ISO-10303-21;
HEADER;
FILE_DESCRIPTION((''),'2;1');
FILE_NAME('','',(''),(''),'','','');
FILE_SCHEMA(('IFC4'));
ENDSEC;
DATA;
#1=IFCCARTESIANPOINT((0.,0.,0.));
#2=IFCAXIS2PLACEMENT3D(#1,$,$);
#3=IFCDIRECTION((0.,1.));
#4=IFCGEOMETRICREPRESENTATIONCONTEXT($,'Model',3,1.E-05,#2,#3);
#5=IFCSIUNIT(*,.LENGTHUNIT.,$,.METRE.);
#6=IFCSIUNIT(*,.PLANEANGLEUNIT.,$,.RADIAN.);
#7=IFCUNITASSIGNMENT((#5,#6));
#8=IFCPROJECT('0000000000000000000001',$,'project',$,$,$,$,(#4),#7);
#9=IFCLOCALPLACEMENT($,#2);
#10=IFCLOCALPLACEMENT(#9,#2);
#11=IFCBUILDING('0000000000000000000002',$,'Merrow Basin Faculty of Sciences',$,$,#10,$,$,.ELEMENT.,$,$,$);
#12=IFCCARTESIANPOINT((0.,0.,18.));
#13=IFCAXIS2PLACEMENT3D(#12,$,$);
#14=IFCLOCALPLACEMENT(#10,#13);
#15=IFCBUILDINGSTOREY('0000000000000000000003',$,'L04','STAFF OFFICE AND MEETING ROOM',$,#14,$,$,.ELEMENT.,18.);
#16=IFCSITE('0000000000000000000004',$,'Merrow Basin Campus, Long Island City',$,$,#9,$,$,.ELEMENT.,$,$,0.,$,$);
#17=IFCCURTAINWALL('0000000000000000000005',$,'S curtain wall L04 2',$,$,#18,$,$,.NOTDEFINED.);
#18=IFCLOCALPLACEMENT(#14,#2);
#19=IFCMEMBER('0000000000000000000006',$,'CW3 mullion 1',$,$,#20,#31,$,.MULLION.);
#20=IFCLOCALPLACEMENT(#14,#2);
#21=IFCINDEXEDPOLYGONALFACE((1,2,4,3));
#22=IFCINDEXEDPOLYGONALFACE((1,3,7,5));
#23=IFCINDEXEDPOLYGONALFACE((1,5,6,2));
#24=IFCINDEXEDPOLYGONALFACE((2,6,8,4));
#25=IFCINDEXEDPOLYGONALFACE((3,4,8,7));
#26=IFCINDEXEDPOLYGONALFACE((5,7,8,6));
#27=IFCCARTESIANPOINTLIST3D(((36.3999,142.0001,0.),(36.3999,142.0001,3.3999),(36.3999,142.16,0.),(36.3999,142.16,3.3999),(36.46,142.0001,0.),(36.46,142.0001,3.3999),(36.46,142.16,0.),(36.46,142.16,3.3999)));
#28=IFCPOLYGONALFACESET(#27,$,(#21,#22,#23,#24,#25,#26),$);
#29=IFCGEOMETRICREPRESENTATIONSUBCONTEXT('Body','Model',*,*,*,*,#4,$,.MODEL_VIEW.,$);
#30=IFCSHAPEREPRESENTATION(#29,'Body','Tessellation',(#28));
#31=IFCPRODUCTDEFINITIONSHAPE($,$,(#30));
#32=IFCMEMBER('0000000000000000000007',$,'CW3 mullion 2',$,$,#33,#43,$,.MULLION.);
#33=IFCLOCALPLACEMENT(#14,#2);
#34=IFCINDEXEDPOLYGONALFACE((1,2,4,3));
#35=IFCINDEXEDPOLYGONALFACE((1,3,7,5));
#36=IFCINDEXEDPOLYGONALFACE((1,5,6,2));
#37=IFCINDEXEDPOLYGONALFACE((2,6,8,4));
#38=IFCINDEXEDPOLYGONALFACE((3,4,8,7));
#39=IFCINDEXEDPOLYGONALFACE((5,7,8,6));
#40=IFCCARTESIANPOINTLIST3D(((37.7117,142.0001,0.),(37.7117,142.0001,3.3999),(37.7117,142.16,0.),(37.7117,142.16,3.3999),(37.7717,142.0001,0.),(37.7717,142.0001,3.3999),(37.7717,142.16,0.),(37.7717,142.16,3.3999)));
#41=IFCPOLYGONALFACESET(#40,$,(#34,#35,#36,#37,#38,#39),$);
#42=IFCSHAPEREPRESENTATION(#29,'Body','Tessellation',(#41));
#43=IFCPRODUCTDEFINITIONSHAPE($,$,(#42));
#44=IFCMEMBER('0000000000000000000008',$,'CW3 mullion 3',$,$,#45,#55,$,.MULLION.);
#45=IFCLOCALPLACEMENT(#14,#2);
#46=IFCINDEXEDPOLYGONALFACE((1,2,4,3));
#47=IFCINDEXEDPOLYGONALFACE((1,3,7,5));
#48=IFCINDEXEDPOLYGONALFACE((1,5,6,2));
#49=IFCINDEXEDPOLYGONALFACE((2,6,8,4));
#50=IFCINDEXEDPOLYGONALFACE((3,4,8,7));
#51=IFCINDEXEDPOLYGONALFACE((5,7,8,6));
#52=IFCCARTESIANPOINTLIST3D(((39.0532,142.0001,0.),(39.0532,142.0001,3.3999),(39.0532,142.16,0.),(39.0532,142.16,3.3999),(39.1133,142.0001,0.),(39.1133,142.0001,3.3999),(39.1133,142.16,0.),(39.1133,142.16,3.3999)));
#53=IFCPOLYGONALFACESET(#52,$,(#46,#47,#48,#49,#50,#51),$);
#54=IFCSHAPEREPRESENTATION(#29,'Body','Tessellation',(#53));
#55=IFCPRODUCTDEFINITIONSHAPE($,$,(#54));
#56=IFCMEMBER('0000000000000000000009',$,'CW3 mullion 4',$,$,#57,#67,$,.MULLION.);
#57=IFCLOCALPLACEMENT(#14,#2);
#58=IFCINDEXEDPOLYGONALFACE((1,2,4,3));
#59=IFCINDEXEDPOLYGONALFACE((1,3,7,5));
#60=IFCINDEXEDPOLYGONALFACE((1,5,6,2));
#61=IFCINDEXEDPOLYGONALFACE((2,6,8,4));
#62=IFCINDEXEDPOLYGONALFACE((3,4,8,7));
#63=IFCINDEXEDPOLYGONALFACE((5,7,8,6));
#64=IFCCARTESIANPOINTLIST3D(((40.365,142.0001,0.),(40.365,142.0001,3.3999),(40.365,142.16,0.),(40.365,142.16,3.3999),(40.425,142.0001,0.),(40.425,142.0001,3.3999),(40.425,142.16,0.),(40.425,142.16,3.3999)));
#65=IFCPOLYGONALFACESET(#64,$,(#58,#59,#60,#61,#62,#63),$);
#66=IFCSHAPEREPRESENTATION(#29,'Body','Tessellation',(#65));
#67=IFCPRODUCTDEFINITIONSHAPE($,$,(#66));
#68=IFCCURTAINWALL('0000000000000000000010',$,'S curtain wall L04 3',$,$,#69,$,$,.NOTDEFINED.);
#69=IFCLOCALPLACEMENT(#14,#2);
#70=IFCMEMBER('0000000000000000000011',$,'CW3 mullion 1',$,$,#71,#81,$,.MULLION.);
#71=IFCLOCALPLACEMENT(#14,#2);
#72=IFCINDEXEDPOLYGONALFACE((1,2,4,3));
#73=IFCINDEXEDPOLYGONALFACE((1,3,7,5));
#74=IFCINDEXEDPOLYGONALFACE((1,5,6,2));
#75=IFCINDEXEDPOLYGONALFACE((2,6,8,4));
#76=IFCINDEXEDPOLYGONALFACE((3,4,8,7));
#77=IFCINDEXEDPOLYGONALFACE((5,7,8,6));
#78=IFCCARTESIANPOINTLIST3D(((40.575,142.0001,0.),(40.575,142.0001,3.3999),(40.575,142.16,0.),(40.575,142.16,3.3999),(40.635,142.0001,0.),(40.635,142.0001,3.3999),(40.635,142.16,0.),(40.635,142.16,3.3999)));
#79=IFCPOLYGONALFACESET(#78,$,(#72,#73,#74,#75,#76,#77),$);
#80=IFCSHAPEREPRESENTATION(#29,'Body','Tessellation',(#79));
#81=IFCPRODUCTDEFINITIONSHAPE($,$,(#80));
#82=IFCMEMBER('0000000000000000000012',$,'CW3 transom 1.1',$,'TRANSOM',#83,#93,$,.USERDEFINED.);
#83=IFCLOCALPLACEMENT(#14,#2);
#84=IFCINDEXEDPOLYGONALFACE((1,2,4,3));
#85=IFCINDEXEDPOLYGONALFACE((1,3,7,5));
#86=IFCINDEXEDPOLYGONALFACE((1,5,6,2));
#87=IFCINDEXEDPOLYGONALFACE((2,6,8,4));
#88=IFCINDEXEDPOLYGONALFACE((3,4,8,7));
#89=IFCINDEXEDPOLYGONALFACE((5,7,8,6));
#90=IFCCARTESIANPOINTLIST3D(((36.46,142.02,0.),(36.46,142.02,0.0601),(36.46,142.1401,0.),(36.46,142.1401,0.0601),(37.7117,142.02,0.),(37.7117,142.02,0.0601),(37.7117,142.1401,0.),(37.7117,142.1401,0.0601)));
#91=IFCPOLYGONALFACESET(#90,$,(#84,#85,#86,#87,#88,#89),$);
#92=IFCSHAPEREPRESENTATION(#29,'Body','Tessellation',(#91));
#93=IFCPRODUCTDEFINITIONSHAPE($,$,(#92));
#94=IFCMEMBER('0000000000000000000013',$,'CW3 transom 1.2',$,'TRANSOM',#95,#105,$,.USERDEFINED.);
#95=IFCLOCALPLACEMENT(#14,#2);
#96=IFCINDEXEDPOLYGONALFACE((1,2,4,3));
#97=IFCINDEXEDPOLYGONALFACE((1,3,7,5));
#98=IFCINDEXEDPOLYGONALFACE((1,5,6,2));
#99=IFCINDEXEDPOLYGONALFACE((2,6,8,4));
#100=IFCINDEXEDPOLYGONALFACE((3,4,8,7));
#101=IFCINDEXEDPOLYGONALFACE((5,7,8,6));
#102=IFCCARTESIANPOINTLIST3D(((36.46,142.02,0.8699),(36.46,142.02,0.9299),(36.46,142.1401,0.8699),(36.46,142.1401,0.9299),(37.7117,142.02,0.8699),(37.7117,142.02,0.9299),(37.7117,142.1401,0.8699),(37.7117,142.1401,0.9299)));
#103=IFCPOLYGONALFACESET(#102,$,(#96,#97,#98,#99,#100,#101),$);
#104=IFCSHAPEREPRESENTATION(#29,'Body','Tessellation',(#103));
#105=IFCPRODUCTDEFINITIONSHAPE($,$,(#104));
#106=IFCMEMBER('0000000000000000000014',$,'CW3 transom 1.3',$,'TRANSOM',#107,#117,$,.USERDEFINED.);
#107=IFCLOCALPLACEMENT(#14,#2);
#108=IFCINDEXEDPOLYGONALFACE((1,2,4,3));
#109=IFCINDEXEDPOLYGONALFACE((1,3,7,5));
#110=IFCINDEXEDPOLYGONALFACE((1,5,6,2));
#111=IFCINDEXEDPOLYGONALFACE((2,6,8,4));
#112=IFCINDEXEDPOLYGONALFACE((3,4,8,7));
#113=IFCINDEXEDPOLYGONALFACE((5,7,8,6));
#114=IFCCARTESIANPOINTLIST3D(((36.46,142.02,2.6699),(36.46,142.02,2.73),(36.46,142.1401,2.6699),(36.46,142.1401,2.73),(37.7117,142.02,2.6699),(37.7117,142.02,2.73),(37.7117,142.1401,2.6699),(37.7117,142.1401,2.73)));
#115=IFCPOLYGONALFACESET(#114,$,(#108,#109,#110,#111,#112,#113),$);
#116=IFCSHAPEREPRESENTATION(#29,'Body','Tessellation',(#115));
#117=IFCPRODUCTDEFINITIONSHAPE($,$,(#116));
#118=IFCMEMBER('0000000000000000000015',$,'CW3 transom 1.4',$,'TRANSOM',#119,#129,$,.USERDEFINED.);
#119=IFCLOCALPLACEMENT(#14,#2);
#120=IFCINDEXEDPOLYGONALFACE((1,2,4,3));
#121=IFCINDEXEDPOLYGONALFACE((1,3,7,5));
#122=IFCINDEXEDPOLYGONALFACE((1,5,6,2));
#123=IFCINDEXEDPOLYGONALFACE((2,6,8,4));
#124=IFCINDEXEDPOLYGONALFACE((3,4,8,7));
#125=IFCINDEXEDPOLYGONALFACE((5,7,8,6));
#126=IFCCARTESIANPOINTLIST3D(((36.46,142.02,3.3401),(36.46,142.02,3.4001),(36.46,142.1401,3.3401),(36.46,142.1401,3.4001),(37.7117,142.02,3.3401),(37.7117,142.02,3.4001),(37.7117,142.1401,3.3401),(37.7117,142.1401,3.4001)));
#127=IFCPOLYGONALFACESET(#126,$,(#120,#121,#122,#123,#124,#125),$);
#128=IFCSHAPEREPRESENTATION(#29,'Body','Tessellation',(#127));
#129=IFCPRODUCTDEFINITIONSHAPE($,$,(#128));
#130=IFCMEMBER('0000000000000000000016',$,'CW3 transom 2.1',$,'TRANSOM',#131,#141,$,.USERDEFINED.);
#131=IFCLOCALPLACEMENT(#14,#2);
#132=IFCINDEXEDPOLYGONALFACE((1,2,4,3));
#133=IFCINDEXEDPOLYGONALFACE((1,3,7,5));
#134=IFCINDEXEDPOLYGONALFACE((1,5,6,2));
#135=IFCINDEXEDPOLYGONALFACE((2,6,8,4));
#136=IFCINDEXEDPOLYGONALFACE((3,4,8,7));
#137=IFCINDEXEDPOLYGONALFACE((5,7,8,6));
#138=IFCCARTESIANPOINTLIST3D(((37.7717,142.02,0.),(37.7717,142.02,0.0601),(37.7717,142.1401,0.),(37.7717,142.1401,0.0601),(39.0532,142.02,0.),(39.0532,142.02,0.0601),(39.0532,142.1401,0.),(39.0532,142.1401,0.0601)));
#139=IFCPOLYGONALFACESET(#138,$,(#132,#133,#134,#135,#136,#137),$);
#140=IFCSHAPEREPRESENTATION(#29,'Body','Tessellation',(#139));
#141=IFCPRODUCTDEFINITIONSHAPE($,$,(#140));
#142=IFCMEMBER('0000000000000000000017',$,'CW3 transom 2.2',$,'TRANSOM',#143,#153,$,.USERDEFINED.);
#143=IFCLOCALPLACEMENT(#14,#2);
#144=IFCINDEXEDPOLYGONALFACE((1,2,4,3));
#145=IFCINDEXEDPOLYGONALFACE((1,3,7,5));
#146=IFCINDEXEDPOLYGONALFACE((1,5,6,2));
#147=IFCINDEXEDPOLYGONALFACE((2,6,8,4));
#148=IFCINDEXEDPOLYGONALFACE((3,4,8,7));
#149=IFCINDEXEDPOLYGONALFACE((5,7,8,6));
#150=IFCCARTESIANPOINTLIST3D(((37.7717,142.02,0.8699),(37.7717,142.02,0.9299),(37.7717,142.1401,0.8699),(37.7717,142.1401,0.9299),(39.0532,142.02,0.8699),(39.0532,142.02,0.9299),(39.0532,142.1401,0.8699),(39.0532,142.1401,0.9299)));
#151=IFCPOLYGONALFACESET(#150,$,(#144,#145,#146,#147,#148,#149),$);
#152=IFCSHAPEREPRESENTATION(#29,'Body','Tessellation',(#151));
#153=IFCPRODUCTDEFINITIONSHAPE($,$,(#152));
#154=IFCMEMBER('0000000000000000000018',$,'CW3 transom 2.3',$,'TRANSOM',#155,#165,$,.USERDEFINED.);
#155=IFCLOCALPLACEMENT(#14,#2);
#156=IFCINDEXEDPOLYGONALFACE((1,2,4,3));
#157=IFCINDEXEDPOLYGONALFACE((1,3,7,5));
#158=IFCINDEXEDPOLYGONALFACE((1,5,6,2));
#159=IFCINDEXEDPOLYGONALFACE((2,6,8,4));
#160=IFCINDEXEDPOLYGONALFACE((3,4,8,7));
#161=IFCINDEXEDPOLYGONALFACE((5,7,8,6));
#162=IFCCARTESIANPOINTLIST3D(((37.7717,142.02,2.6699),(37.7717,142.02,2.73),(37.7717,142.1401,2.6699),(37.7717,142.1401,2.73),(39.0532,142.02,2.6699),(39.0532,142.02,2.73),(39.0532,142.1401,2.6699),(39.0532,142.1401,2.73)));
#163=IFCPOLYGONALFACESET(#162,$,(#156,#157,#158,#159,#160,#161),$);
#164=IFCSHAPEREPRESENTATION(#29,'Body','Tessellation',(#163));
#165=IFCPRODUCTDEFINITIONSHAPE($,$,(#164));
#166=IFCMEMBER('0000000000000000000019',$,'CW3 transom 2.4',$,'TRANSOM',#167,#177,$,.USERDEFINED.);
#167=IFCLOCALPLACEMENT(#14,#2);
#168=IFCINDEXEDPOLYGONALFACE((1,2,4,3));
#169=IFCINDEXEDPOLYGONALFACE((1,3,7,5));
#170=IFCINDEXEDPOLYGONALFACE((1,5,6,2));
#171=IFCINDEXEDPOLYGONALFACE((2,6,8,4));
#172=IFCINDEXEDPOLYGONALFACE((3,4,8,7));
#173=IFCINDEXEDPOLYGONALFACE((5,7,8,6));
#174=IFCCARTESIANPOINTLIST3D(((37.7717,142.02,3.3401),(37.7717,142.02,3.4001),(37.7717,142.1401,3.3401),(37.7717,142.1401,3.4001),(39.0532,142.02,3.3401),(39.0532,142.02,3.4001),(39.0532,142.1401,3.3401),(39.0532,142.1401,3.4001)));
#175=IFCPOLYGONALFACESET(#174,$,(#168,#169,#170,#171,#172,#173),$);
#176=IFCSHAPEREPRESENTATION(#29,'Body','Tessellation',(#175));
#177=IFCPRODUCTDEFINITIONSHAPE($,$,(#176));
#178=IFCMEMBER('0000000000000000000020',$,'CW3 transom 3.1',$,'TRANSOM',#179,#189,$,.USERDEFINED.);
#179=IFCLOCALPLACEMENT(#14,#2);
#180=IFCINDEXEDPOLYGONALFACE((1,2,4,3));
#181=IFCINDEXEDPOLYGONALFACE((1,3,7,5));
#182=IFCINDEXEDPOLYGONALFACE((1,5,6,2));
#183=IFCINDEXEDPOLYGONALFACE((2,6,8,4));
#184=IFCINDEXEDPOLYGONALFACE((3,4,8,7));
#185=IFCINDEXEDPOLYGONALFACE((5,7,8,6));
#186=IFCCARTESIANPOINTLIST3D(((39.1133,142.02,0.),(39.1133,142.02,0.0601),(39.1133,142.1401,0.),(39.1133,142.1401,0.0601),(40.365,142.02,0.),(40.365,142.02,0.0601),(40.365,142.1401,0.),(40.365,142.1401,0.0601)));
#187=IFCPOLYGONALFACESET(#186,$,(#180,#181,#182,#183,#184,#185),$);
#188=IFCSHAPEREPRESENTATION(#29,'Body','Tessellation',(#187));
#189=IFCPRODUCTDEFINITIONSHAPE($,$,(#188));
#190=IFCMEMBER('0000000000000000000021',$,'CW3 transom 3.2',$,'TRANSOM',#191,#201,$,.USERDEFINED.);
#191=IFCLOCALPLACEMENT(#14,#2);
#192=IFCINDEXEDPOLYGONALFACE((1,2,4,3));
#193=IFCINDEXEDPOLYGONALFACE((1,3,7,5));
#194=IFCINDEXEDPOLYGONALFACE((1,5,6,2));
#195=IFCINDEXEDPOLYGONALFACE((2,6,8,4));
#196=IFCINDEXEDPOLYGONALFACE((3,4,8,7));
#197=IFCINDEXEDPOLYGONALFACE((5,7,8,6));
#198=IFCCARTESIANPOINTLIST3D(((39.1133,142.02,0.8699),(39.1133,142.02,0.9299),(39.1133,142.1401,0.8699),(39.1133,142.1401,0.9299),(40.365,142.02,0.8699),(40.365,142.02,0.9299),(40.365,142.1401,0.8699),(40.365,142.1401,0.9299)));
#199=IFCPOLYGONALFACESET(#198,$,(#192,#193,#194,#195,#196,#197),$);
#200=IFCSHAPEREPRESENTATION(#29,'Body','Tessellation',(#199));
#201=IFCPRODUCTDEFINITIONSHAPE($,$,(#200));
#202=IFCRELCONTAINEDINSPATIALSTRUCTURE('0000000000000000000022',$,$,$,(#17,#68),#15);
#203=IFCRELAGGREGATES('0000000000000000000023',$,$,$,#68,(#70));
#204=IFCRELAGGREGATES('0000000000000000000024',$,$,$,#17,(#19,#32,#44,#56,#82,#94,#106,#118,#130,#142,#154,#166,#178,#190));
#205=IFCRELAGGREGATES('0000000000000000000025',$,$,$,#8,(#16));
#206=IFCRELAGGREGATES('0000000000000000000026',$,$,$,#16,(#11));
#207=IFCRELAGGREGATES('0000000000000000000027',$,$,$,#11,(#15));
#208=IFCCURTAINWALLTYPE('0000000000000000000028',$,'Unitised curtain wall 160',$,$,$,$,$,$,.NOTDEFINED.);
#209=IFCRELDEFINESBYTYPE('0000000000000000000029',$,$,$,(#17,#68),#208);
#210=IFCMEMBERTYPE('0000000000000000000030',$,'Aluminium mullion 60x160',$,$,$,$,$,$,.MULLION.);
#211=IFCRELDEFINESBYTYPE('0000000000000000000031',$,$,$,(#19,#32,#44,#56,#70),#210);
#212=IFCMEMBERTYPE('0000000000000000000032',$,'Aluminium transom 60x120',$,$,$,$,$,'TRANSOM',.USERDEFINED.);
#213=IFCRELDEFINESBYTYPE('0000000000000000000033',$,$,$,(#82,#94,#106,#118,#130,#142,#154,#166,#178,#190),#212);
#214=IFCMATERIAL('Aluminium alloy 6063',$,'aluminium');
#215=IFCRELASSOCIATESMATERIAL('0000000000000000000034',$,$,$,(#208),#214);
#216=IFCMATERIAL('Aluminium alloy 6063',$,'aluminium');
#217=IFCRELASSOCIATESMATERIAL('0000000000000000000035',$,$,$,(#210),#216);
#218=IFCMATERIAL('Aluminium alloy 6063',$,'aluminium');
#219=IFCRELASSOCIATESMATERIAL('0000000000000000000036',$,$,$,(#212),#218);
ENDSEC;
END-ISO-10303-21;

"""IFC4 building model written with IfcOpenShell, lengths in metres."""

from ifc_helpers import new_model, si_unit, direction, frame, origin, origin_2d, place, context, subcontext, project, spatial, rectangle, extrude, material, material_profile, profile_set, type_object, element, aggregate, save


model = new_model("IFC4")

# Units and contexts
model_context = context("Model", 3, precision=1e-05, world=origin(), true_north=direction((0.0, 1.0)))
body_context = subcontext(model_context, "Body", "Model", "MODEL_VIEW")
ifc_project = project(units=[si_unit("LENGTHUNIT", "METRE"), si_unit("PLANEANGLEUNIT", "RADIAN")], contexts=[model_context])

# Site, building, storey
site_placement = place(None, origin())
site = spatial("IfcSite", under=ifc_project, at=site_placement, Name="Merrow Basin Campus, Long Island City", CompositionType="ELEMENT", RefElevation=0.0)
building_placement = place(site_placement, origin())
building = spatial("IfcBuilding", under=site, at=building_placement, Name="Merrow Basin Faculty of Sciences", CompositionType="ELEMENT")
storey_placement = place(building_placement, frame((0.0, 0.0, 18.0)))
storey = spatial("IfcBuildingStorey", under=building, at=storey_placement, Name="L04", Description="STAFF OFFICE AND MEETING ROOM", CompositionType="ELEMENT", Elevation=18.0)

# Curtain wall, members
ifc_material_1 = material(Name="Aluminium alloy 6063", Category="aluminium")
curtain_wall_type = type_object("IfcCurtainWallType", Name="Unitised curtain wall 160", PredefinedType="NOTDEFINED", material=ifc_material_1)
curtain_wall_1_placement = place(storey_placement, origin())
curtain_wall_1 = element("IfcCurtainWall", 1, at=curtain_wall_1_placement, inside=storey, type_object=curtain_wall_type, Name="S curtain wall L04 2", PredefinedType="NOTDEFINED")
ifc_material_2 = material(Name="Aluminium alloy 6063", Category="aluminium")
ifc_material_profile_1 = material_profile(ifc_material_2, rectangle(XDim=0.1599, YDim=0.0601, at=origin_2d()))
ifc_profile_set_1 = profile_set([ifc_material_profile_1], Name="Aluminium alloy 6063")
member_type_1 = type_object("IfcMemberType", Name="Aluminium mullion 60x160", PredefinedType="MULLION", material=ifc_profile_set_1)
member_1_placement = place(storey_placement, frame((36.4299, 142.0801, 0.0), z_axis=(0.0, 0.0, 1.0), x_axis=(0.0, 1.0, 0.0)))
member_1 = element("IfcMember", 2, at=member_1_placement, type_object=member_type_1, Name="CW3 mullion 1", PredefinedType="MULLION", context=body_context, shape_type="SweptSolid", body=[
    extrude(rectangle(XDim=0.1599, YDim=0.0601, at=origin_2d()), origin(), (0.0, 0.0, 1.0), 3.3999),
])
member_2_placement = place(storey_placement, frame((37.7417, 142.0801, 0.0), z_axis=(0.0, 0.0, 1.0), x_axis=(0.0, 1.0, 0.0)))
member_2 = element("IfcMember", 3, at=member_2_placement, type_object=member_type_1, Name="CW3 mullion 2", PredefinedType="MULLION", context=body_context, shape_type="SweptSolid", body=[
    extrude(rectangle(XDim=0.1599, YDim=0.0601, at=origin_2d()), origin(), (0.0, 0.0, 1.0), 3.3999),
])
member_3_placement = place(storey_placement, frame((39.0833, 142.0801, 0.0), z_axis=(0.0, 0.0, 1.0), x_axis=(0.0, 1.0, 0.0)))
member_3 = element("IfcMember", 4, at=member_3_placement, type_object=member_type_1, Name="CW3 mullion 3", PredefinedType="MULLION", context=body_context, shape_type="SweptSolid", body=[
    extrude(rectangle(XDim=0.1599, YDim=0.0601, at=origin_2d()), origin(), (0.0, 0.0, 1.0), 3.3999),
])
member_4_placement = place(storey_placement, frame((40.395, 142.0801, 0.0), z_axis=(0.0, 0.0, 1.0), x_axis=(0.0, 1.0, 0.0)))
member_4 = element("IfcMember", 5, at=member_4_placement, type_object=member_type_1, Name="CW3 mullion 4", PredefinedType="MULLION", context=body_context, shape_type="SweptSolid", body=[
    extrude(rectangle(XDim=0.1599, YDim=0.0601, at=origin_2d()), origin(), (0.0, 0.0, 1.0), 3.3999),
])

# Curtain wall, member
curtain_wall_2_placement = place(storey_placement, origin())
curtain_wall_2 = element("IfcCurtainWall", 6, at=curtain_wall_2_placement, inside=storey, type_object=curtain_wall_type, Name="S curtain wall L04 3", PredefinedType="NOTDEFINED")
member_5_placement = place(storey_placement, frame((40.605, 142.0801, 0.0), z_axis=(0.0, 0.0, 1.0), x_axis=(0.0, 1.0, 0.0)))
member_5 = element("IfcMember", 7, at=member_5_placement, type_object=member_type_1, Name="CW3 mullion 1", PredefinedType="MULLION", context=body_context, shape_type="SweptSolid", body=[
    extrude(rectangle(XDim=0.1599, YDim=0.0601, at=origin_2d()), origin(), (0.0, 0.0, 1.0), 3.3999),
])

# Members
ifc_material_3 = material(Name="Aluminium alloy 6063", Category="aluminium")
ifc_material_profile_2 = material_profile(ifc_material_3, rectangle(XDim=0.1201, YDim=0.0601, at=origin_2d()))
ifc_profile_set_2 = profile_set([ifc_material_profile_2], Name="Aluminium alloy 6063")
member_type_2 = type_object("IfcMemberType", Name="Aluminium transom 60x120", ElementType="TRANSOM", PredefinedType="USERDEFINED", material=ifc_profile_set_2)
member_6_placement = place(storey_placement, frame((36.46, 142.0801, 0.03), z_axis=(1.0, 0.0, 0.0), x_axis=(0.0, 1.0, 0.0)))
member_6 = element("IfcMember", 8, at=member_6_placement, type_object=member_type_2, Name="CW3 transom 1.1", ObjectType="TRANSOM", PredefinedType="USERDEFINED", context=body_context, shape_type="SweptSolid", body=[
    extrude(rectangle(XDim=0.1201, YDim=0.0601, at=origin_2d()), origin(), (0.0, 0.0, 1.0), 1.2517),
])
member_7_placement = place(storey_placement, frame((36.46, 142.0801, 0.8999), z_axis=(1.0, 0.0, 0.0), x_axis=(0.0, 1.0, 0.0)))
member_7 = element("IfcMember", 9, at=member_7_placement, type_object=member_type_2, Name="CW3 transom 1.2", ObjectType="TRANSOM", PredefinedType="USERDEFINED", context=body_context, shape_type="SweptSolid", body=[
    extrude(rectangle(XDim=0.1201, YDim=0.0601, at=origin_2d()), origin(), (0.0, 0.0, 1.0), 1.2517),
])
member_8_placement = place(storey_placement, frame((36.46, 142.0801, 2.7), z_axis=(1.0, 0.0, 0.0), x_axis=(0.0, 1.0, 0.0)))
member_8 = element("IfcMember", 10, at=member_8_placement, type_object=member_type_2, Name="CW3 transom 1.3", ObjectType="TRANSOM", PredefinedType="USERDEFINED", context=body_context, shape_type="SweptSolid", body=[
    extrude(rectangle(XDim=0.1201, YDim=0.0601, at=origin_2d()), origin(), (0.0, 0.0, 1.0), 1.2517),
])
member_9_placement = place(storey_placement, frame((36.46, 142.0801, 3.3701), z_axis=(1.0, 0.0, 0.0), x_axis=(0.0, 1.0, 0.0)))
member_9 = element("IfcMember", 11, at=member_9_placement, type_object=member_type_2, Name="CW3 transom 1.4", ObjectType="TRANSOM", PredefinedType="USERDEFINED", context=body_context, shape_type="SweptSolid", body=[
    extrude(rectangle(XDim=0.1201, YDim=0.0601, at=origin_2d()), origin(), (0.0, 0.0, 1.0), 1.2517),
])
member_10_placement = place(storey_placement, frame((37.7717, 142.0801, 0.03), z_axis=(1.0, 0.0, 0.0), x_axis=(0.0, 1.0, 0.0)))
member_10 = element("IfcMember", 12, at=member_10_placement, type_object=member_type_2, Name="CW3 transom 2.1", ObjectType="TRANSOM", PredefinedType="USERDEFINED", context=body_context, shape_type="SweptSolid", body=[
    extrude(rectangle(XDim=0.1201, YDim=0.0601, at=origin_2d()), origin(), (0.0, 0.0, 1.0), 1.2815),
])
member_11_placement = place(storey_placement, frame((37.7717, 142.0801, 0.8999), z_axis=(1.0, 0.0, 0.0), x_axis=(0.0, 1.0, 0.0)))
member_11 = element("IfcMember", 13, at=member_11_placement, type_object=member_type_2, Name="CW3 transom 2.2", ObjectType="TRANSOM", PredefinedType="USERDEFINED", context=body_context, shape_type="SweptSolid", body=[
    extrude(rectangle(XDim=0.1201, YDim=0.0601, at=origin_2d()), origin(), (0.0, 0.0, 1.0), 1.2815),
])
member_12_placement = place(storey_placement, frame((37.7717, 142.0801, 2.7), z_axis=(1.0, 0.0, 0.0), x_axis=(0.0, 1.0, 0.0)))
member_12 = element("IfcMember", 14, at=member_12_placement, type_object=member_type_2, Name="CW3 transom 2.3", ObjectType="TRANSOM", PredefinedType="USERDEFINED", context=body_context, shape_type="SweptSolid", body=[
    extrude(rectangle(XDim=0.1201, YDim=0.0601, at=origin_2d()), origin(), (0.0, 0.0, 1.0), 1.2815),
])
member_13_placement = place(storey_placement, frame((37.7717, 142.0801, 3.3701), z_axis=(1.0, 0.0, 0.0), x_axis=(0.0, 1.0, 0.0)))
member_13 = element("IfcMember", 15, at=member_13_placement, type_object=member_type_2, Name="CW3 transom 2.4", ObjectType="TRANSOM", PredefinedType="USERDEFINED", context=body_context, shape_type="SweptSolid", body=[
    extrude(rectangle(XDim=0.1201, YDim=0.0601, at=origin_2d()), origin(), (0.0, 0.0, 1.0), 1.2815),
])
member_14_placement = place(storey_placement, frame((39.1133, 142.0801, 0.03), z_axis=(1.0, 0.0, 0.0), x_axis=(0.0, 1.0, 0.0)))
member_14 = element("IfcMember", 16, at=member_14_placement, type_object=member_type_2, Name="CW3 transom 3.1", ObjectType="TRANSOM", PredefinedType="USERDEFINED", context=body_context, shape_type="SweptSolid", body=[
    extrude(rectangle(XDim=0.1201, YDim=0.0601, at=origin_2d()), origin(), (0.0, 0.0, 1.0), 1.2517),
])
member_15_placement = place(storey_placement, frame((39.1133, 142.0801, 0.8999), z_axis=(1.0, 0.0, 0.0), x_axis=(0.0, 1.0, 0.0)))
member_15 = element("IfcMember", 17, at=member_15_placement, type_object=member_type_2, Name="CW3 transom 3.2", ObjectType="TRANSOM", PredefinedType="USERDEFINED", context=body_context, shape_type="SweptSolid", body=[
    extrude(rectangle(XDim=0.1201, YDim=0.0601, at=origin_2d()), origin(), (0.0, 0.0, 1.0), 1.2517),
])
aggregate(curtain_wall_2, [member_5])

aggregate(curtain_wall_1, [member_1, member_2, member_3, member_4, member_6, member_7, member_8, member_9, member_10, member_11, member_12, member_13, member_14, member_15])

save(model, "model.ifc")
